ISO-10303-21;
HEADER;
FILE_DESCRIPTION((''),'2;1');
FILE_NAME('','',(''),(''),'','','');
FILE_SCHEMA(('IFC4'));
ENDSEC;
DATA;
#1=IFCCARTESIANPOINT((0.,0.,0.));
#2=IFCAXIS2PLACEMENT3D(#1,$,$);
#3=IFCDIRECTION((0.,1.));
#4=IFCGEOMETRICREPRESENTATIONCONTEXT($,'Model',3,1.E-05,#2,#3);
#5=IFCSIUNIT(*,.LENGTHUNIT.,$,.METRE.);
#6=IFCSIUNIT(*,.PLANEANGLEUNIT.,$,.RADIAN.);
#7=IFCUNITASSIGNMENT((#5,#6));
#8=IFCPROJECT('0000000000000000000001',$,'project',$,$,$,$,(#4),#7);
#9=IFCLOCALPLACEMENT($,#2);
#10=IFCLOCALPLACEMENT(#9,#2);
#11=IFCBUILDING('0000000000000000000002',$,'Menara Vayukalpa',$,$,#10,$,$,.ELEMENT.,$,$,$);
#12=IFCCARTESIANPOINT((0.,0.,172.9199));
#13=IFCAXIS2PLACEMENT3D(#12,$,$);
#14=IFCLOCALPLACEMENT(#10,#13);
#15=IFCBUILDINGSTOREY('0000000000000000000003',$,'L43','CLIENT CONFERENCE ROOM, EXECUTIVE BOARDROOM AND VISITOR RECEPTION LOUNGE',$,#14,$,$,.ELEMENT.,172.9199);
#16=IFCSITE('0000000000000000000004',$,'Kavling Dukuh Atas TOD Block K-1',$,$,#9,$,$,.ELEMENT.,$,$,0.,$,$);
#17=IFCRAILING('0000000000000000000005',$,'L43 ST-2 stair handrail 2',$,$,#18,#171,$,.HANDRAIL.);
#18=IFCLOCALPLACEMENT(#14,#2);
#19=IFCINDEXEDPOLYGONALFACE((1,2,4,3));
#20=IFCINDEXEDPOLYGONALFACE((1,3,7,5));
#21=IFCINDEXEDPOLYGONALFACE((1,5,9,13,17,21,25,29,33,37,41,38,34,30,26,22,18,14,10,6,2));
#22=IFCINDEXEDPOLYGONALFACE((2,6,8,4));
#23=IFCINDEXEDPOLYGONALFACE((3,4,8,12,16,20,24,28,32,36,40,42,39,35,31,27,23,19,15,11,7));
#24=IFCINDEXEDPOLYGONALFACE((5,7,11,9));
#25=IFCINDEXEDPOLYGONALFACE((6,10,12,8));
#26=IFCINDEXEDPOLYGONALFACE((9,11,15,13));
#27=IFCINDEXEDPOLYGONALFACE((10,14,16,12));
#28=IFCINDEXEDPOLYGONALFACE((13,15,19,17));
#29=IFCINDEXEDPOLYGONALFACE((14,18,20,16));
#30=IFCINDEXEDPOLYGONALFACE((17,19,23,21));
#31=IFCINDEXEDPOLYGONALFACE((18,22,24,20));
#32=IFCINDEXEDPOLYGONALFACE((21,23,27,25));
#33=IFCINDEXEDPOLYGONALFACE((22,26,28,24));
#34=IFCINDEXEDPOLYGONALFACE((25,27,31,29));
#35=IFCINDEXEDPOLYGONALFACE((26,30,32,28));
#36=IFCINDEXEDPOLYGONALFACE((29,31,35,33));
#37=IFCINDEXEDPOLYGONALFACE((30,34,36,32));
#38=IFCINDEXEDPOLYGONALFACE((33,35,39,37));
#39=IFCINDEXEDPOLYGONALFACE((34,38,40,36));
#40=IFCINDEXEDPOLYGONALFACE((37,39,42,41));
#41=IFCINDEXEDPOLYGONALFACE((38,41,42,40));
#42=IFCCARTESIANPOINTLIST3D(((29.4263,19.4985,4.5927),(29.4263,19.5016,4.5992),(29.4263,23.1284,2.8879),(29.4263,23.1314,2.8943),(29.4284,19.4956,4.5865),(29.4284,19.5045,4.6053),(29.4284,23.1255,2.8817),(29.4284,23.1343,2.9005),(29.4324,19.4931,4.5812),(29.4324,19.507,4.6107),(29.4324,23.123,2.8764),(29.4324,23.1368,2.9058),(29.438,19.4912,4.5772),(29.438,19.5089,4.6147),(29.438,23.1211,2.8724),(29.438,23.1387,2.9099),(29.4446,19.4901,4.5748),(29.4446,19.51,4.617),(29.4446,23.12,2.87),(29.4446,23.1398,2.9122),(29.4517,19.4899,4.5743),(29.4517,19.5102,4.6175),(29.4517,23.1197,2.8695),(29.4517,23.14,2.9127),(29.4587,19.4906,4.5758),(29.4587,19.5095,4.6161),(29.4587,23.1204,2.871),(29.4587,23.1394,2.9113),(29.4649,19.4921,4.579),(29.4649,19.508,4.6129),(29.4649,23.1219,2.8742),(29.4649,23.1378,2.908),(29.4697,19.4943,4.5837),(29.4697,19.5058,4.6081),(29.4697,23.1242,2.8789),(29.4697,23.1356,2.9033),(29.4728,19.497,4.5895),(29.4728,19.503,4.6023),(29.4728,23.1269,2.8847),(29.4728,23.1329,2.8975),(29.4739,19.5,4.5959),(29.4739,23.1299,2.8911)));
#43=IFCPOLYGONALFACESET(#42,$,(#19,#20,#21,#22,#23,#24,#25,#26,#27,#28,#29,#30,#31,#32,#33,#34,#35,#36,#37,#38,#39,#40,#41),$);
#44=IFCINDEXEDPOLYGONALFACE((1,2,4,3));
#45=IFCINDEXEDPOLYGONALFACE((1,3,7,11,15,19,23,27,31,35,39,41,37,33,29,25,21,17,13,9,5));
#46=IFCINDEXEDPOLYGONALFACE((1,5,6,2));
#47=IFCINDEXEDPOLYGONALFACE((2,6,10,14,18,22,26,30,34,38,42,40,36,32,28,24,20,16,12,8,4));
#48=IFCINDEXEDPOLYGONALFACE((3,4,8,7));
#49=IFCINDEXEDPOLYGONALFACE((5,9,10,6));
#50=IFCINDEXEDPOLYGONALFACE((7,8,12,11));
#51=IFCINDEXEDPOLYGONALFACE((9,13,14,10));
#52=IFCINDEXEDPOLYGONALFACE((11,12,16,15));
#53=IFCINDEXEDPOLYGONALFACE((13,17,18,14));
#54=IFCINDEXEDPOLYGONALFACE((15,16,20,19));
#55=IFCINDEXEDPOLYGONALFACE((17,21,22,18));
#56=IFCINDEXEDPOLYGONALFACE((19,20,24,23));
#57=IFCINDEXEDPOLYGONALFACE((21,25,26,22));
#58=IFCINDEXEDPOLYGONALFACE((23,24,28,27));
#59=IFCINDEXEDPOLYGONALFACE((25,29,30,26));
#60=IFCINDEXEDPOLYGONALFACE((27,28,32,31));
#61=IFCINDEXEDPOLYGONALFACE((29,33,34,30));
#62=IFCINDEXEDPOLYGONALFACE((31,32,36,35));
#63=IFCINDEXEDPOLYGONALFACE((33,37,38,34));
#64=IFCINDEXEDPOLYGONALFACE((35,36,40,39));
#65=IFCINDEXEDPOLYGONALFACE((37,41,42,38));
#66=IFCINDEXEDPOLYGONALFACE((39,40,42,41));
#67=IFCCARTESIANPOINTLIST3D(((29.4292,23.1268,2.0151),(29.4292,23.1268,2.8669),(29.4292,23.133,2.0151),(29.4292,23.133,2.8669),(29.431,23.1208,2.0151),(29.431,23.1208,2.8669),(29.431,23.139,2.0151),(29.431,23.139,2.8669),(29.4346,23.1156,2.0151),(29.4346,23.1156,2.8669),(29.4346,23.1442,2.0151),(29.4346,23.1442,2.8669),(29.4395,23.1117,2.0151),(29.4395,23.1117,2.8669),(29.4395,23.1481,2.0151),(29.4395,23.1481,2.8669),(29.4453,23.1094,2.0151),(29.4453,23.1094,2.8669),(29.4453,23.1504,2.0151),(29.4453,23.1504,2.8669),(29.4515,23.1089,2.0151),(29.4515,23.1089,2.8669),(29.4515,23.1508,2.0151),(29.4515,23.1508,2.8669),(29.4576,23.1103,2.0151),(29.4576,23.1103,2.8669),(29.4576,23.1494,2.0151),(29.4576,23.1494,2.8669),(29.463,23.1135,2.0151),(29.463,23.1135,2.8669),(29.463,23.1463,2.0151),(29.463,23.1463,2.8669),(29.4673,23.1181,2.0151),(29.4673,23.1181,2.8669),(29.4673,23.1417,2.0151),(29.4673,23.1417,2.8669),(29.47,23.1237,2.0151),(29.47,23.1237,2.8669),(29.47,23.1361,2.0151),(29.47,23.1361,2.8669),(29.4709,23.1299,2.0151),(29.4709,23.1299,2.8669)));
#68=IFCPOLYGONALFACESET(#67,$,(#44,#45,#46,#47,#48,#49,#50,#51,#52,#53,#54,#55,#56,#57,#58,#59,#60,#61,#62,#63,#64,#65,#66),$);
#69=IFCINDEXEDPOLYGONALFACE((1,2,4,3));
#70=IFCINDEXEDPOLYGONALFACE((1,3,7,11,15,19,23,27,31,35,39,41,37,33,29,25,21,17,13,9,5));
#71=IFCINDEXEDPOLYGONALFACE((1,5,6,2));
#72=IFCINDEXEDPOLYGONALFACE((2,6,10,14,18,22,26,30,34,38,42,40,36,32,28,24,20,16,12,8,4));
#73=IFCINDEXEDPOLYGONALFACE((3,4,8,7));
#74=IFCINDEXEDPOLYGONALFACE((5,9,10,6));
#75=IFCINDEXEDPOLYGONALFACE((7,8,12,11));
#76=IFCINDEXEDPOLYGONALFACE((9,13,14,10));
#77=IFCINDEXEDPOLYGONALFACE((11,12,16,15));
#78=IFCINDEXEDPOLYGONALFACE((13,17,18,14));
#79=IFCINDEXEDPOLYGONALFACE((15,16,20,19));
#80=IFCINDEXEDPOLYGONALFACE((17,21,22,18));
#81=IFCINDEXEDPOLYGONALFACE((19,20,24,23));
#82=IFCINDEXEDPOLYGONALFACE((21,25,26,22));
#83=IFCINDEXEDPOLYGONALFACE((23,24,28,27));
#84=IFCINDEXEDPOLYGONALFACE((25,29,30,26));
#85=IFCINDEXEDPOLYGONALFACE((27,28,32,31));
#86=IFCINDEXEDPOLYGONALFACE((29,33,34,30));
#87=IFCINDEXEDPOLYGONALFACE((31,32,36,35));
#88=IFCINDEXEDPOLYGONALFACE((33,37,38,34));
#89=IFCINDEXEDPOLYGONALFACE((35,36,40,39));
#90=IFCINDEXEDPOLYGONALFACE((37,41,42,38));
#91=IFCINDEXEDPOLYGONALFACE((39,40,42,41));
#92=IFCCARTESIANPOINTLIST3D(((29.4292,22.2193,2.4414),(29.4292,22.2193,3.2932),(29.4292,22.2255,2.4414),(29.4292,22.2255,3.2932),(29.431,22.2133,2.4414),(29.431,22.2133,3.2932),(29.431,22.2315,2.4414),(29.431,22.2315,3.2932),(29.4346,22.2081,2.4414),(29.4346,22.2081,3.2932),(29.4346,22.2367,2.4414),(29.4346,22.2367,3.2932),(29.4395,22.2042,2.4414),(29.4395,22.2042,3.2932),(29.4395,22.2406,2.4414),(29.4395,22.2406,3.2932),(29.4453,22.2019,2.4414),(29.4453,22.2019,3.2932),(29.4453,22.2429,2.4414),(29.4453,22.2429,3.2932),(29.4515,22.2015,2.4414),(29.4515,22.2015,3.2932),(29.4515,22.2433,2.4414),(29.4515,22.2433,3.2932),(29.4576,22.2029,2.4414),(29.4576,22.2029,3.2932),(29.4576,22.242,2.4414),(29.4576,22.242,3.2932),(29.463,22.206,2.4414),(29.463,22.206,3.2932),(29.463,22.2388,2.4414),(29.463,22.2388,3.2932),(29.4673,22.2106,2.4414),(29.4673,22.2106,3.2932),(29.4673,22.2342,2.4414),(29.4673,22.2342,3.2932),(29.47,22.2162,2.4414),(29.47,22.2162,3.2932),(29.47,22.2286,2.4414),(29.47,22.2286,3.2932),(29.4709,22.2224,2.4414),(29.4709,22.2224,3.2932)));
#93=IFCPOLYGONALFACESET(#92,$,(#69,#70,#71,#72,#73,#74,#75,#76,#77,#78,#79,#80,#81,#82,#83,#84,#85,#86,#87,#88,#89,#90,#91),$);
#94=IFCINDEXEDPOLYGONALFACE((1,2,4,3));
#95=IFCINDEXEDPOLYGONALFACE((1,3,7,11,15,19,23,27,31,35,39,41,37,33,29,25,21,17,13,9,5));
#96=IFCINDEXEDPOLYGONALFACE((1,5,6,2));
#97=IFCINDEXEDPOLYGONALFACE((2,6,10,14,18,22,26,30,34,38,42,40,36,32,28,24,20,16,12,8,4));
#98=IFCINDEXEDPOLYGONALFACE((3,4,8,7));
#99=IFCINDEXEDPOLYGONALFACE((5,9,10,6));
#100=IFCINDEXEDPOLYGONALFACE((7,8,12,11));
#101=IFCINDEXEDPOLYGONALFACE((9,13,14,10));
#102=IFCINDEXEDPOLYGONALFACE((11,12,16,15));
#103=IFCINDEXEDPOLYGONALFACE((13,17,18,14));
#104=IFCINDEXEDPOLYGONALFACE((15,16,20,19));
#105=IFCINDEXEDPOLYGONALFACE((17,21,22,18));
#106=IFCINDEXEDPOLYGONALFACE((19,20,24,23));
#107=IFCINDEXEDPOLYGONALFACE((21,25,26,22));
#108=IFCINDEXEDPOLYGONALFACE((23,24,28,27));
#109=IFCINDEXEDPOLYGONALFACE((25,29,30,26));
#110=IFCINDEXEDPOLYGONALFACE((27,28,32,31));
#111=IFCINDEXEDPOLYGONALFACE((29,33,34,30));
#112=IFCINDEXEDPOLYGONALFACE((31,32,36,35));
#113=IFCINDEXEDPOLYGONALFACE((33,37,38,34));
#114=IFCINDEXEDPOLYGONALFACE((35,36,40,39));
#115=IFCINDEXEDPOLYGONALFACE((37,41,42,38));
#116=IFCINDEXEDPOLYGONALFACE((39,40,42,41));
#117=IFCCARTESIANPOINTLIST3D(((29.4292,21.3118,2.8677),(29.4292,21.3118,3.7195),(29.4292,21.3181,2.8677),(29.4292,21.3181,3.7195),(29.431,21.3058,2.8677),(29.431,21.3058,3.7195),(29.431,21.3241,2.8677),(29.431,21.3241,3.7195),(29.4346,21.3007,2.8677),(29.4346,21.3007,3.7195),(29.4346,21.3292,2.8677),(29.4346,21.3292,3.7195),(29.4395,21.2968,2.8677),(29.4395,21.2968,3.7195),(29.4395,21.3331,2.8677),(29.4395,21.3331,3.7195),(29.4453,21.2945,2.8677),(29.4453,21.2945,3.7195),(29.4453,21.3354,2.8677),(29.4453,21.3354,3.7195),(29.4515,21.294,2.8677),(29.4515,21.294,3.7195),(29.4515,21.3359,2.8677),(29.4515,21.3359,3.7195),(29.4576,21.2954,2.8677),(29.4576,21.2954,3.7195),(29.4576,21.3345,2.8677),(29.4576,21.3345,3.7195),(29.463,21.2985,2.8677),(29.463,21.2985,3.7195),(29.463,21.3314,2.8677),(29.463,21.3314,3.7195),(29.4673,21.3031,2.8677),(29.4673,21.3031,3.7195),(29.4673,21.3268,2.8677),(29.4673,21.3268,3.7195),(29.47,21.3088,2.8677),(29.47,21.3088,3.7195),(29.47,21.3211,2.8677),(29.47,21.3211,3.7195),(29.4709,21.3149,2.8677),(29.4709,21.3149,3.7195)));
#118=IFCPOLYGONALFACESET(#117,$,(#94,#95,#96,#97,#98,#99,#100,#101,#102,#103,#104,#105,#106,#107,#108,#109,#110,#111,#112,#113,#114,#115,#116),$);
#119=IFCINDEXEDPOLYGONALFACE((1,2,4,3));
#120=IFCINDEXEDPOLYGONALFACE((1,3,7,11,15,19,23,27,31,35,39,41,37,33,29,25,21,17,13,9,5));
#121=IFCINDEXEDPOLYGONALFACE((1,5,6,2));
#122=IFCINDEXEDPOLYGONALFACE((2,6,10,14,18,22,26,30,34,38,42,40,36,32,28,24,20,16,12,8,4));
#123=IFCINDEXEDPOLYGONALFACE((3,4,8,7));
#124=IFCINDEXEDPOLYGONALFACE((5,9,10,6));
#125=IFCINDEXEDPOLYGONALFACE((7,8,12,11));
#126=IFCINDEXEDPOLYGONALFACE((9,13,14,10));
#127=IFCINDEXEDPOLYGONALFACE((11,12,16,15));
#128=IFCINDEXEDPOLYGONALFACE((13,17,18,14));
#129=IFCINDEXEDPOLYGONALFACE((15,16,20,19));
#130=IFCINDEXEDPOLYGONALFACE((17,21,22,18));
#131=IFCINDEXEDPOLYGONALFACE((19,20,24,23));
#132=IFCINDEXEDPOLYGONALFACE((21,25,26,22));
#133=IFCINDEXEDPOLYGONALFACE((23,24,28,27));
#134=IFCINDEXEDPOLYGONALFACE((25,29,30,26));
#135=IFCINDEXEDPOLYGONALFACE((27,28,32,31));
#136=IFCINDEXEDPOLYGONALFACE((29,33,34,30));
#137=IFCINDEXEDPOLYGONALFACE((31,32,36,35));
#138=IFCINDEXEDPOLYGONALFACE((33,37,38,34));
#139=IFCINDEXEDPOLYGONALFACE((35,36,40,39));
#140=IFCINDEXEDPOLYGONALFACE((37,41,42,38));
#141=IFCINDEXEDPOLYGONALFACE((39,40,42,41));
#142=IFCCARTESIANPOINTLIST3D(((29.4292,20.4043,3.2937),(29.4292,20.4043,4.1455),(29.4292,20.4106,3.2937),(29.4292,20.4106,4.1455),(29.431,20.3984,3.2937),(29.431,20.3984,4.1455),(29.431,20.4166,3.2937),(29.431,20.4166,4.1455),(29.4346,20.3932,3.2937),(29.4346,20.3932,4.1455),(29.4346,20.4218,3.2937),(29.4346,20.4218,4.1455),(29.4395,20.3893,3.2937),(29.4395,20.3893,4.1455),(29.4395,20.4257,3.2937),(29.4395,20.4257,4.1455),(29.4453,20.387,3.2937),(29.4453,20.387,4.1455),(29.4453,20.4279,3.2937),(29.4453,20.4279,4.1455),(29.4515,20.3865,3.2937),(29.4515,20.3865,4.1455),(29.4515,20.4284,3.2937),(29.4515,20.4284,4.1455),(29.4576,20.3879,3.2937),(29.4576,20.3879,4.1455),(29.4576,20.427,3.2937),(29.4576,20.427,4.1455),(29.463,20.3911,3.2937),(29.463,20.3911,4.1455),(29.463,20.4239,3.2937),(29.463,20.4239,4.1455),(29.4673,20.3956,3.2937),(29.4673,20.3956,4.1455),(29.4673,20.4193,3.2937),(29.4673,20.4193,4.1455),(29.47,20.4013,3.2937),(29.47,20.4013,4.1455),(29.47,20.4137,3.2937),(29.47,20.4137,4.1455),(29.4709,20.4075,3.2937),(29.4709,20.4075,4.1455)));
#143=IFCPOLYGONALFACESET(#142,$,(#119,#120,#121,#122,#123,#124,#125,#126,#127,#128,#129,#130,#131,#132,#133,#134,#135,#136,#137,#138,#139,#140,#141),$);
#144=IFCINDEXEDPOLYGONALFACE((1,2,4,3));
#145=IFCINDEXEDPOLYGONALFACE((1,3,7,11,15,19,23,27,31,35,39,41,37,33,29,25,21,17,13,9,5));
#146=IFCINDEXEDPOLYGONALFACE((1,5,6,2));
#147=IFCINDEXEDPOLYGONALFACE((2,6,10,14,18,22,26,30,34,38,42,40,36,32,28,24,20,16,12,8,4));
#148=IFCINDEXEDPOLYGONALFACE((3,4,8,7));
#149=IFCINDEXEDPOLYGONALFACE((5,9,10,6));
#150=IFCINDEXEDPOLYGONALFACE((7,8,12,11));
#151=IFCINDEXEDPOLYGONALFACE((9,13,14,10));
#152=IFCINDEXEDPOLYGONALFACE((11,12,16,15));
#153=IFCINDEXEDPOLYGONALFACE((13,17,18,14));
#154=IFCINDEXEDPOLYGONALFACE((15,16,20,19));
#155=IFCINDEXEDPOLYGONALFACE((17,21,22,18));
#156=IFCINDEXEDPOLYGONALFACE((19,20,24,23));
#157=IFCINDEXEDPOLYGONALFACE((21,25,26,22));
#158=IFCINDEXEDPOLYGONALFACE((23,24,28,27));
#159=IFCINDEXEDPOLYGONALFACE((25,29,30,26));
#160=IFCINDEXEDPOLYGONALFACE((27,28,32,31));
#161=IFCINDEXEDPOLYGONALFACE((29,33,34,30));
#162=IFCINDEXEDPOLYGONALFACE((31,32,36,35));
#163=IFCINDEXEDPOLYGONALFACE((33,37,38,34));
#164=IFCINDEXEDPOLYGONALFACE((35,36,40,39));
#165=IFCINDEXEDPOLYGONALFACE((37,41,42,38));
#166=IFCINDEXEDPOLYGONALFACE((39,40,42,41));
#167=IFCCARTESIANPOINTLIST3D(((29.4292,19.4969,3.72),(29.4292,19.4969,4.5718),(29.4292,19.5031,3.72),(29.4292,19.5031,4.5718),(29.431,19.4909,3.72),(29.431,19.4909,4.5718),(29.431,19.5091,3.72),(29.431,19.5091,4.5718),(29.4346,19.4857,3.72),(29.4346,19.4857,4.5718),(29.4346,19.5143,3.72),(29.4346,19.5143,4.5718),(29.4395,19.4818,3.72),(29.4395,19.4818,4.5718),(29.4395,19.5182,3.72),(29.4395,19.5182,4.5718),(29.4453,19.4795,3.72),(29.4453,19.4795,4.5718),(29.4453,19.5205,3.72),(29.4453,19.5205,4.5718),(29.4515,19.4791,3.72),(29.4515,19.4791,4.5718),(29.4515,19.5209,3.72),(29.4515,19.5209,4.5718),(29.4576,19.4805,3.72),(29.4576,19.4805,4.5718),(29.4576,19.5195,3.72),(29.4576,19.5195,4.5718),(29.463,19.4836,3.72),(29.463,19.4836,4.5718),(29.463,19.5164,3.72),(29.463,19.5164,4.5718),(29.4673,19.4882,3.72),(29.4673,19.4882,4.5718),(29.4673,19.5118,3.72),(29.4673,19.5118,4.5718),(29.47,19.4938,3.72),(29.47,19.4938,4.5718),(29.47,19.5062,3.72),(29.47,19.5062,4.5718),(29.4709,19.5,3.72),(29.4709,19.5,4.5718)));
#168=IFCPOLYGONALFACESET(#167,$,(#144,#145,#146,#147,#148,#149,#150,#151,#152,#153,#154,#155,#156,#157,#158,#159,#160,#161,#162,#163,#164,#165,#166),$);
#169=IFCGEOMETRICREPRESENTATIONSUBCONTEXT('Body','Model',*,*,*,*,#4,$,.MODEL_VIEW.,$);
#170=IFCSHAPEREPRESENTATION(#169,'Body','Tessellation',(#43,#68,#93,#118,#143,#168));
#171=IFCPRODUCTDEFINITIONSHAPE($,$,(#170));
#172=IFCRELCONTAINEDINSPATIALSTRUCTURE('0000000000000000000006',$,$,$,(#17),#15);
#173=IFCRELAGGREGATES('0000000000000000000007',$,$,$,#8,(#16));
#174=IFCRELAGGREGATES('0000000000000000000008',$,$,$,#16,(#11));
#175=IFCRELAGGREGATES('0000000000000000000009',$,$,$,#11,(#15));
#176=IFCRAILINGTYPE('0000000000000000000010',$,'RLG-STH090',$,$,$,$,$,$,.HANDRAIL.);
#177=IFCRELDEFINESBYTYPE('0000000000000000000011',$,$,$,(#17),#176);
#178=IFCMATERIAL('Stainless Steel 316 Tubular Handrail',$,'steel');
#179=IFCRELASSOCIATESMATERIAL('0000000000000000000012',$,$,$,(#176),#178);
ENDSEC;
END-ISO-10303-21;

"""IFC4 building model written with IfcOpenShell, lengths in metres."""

from ifc_helpers import new_model, si_unit, direction, frame, origin, origin_2d, place, context, subcontext, project, spatial, circle, extrude, material, type_object, element, save


model = new_model("IFC4")

# Units and contexts
model_context = context("Model", 3, precision=1e-05, world=origin(), true_north=direction((0.0, 1.0)))
body_context = subcontext(model_context, "Body", "Model", "MODEL_VIEW")
ifc_project = project(units=[si_unit("LENGTHUNIT", "METRE"), si_unit("PLANEANGLEUNIT", "RADIAN")], contexts=[model_context])

# Site, building, storey
site_placement = place(None, origin())
site = spatial("IfcSite", under=ifc_project, at=site_placement, Name="Kavling Dukuh Atas TOD Block K-1", CompositionType="ELEMENT", RefElevation=0.0)
building_placement = place(site_placement, origin())
building = spatial("IfcBuilding", under=site, at=building_placement, Name="Menara Vayukalpa", CompositionType="ELEMENT")
storey_placement = place(building_placement, frame((0.0, 0.0, 172.9199)))
storey = spatial("IfcBuildingStorey", under=building, at=storey_placement, Name="L43", Description="CLIENT CONFERENCE ROOM, EXECUTIVE BOARDROOM AND VISITOR RECEPTION LOUNGE", CompositionType="ELEMENT", Elevation=172.9199)

# Railing
ifc_material_1 = material(Name="Stainless Steel 316 Tubular Handrail", Category="steel")
railing_type_1 = type_object("IfcRailingType", Name="RLG-STH090", PredefinedType="HANDRAIL", material=ifc_material_1)
railing_1_placement = place(storey_placement, frame((29.45, 23.1299, 2.0151)))
element("IfcRailing", 1, at=railing_1_placement, inside=storey, type_object=railing_type_1, Name="L43 ST-2 stair handrail 2", PredefinedType="HANDRAIL", context=body_context, shape_type="SweptSolid", body=[
    extrude(circle(Radius=0.0239, at=origin_2d()), frame((0.0, 0.0, 0.876), z_axis=(0.0, -0.90514, 0.425114), x_axis=(1.0, 0.0, 0.0)), (0.0, 0.0, 1.0), 4.0103),
    extrude(circle(Radius=0.021, at=origin_2d()), origin(), (0.0, 0.0, 1.0), 0.8518),
    extrude(circle(Radius=0.021, at=origin_2d()), frame((0.0, -0.9075, 0.4263)), (0.0, 0.0, 1.0), 0.8518),
    extrude(circle(Radius=0.021, at=origin_2d()), frame((0.0, -1.8149, 0.8525)), (0.0, 0.0, 1.0), 0.8518),
    extrude(circle(Radius=0.021, at=origin_2d()), frame((0.0, -2.7224, 1.2786)), (0.0, 0.0, 1.0), 0.8518),
    extrude(circle(Radius=0.021, at=origin_2d()), frame((0.0, -3.6299, 1.7048)), (0.0, 0.0, 1.0), 0.8518),
])

save(model, "model.ifc")
